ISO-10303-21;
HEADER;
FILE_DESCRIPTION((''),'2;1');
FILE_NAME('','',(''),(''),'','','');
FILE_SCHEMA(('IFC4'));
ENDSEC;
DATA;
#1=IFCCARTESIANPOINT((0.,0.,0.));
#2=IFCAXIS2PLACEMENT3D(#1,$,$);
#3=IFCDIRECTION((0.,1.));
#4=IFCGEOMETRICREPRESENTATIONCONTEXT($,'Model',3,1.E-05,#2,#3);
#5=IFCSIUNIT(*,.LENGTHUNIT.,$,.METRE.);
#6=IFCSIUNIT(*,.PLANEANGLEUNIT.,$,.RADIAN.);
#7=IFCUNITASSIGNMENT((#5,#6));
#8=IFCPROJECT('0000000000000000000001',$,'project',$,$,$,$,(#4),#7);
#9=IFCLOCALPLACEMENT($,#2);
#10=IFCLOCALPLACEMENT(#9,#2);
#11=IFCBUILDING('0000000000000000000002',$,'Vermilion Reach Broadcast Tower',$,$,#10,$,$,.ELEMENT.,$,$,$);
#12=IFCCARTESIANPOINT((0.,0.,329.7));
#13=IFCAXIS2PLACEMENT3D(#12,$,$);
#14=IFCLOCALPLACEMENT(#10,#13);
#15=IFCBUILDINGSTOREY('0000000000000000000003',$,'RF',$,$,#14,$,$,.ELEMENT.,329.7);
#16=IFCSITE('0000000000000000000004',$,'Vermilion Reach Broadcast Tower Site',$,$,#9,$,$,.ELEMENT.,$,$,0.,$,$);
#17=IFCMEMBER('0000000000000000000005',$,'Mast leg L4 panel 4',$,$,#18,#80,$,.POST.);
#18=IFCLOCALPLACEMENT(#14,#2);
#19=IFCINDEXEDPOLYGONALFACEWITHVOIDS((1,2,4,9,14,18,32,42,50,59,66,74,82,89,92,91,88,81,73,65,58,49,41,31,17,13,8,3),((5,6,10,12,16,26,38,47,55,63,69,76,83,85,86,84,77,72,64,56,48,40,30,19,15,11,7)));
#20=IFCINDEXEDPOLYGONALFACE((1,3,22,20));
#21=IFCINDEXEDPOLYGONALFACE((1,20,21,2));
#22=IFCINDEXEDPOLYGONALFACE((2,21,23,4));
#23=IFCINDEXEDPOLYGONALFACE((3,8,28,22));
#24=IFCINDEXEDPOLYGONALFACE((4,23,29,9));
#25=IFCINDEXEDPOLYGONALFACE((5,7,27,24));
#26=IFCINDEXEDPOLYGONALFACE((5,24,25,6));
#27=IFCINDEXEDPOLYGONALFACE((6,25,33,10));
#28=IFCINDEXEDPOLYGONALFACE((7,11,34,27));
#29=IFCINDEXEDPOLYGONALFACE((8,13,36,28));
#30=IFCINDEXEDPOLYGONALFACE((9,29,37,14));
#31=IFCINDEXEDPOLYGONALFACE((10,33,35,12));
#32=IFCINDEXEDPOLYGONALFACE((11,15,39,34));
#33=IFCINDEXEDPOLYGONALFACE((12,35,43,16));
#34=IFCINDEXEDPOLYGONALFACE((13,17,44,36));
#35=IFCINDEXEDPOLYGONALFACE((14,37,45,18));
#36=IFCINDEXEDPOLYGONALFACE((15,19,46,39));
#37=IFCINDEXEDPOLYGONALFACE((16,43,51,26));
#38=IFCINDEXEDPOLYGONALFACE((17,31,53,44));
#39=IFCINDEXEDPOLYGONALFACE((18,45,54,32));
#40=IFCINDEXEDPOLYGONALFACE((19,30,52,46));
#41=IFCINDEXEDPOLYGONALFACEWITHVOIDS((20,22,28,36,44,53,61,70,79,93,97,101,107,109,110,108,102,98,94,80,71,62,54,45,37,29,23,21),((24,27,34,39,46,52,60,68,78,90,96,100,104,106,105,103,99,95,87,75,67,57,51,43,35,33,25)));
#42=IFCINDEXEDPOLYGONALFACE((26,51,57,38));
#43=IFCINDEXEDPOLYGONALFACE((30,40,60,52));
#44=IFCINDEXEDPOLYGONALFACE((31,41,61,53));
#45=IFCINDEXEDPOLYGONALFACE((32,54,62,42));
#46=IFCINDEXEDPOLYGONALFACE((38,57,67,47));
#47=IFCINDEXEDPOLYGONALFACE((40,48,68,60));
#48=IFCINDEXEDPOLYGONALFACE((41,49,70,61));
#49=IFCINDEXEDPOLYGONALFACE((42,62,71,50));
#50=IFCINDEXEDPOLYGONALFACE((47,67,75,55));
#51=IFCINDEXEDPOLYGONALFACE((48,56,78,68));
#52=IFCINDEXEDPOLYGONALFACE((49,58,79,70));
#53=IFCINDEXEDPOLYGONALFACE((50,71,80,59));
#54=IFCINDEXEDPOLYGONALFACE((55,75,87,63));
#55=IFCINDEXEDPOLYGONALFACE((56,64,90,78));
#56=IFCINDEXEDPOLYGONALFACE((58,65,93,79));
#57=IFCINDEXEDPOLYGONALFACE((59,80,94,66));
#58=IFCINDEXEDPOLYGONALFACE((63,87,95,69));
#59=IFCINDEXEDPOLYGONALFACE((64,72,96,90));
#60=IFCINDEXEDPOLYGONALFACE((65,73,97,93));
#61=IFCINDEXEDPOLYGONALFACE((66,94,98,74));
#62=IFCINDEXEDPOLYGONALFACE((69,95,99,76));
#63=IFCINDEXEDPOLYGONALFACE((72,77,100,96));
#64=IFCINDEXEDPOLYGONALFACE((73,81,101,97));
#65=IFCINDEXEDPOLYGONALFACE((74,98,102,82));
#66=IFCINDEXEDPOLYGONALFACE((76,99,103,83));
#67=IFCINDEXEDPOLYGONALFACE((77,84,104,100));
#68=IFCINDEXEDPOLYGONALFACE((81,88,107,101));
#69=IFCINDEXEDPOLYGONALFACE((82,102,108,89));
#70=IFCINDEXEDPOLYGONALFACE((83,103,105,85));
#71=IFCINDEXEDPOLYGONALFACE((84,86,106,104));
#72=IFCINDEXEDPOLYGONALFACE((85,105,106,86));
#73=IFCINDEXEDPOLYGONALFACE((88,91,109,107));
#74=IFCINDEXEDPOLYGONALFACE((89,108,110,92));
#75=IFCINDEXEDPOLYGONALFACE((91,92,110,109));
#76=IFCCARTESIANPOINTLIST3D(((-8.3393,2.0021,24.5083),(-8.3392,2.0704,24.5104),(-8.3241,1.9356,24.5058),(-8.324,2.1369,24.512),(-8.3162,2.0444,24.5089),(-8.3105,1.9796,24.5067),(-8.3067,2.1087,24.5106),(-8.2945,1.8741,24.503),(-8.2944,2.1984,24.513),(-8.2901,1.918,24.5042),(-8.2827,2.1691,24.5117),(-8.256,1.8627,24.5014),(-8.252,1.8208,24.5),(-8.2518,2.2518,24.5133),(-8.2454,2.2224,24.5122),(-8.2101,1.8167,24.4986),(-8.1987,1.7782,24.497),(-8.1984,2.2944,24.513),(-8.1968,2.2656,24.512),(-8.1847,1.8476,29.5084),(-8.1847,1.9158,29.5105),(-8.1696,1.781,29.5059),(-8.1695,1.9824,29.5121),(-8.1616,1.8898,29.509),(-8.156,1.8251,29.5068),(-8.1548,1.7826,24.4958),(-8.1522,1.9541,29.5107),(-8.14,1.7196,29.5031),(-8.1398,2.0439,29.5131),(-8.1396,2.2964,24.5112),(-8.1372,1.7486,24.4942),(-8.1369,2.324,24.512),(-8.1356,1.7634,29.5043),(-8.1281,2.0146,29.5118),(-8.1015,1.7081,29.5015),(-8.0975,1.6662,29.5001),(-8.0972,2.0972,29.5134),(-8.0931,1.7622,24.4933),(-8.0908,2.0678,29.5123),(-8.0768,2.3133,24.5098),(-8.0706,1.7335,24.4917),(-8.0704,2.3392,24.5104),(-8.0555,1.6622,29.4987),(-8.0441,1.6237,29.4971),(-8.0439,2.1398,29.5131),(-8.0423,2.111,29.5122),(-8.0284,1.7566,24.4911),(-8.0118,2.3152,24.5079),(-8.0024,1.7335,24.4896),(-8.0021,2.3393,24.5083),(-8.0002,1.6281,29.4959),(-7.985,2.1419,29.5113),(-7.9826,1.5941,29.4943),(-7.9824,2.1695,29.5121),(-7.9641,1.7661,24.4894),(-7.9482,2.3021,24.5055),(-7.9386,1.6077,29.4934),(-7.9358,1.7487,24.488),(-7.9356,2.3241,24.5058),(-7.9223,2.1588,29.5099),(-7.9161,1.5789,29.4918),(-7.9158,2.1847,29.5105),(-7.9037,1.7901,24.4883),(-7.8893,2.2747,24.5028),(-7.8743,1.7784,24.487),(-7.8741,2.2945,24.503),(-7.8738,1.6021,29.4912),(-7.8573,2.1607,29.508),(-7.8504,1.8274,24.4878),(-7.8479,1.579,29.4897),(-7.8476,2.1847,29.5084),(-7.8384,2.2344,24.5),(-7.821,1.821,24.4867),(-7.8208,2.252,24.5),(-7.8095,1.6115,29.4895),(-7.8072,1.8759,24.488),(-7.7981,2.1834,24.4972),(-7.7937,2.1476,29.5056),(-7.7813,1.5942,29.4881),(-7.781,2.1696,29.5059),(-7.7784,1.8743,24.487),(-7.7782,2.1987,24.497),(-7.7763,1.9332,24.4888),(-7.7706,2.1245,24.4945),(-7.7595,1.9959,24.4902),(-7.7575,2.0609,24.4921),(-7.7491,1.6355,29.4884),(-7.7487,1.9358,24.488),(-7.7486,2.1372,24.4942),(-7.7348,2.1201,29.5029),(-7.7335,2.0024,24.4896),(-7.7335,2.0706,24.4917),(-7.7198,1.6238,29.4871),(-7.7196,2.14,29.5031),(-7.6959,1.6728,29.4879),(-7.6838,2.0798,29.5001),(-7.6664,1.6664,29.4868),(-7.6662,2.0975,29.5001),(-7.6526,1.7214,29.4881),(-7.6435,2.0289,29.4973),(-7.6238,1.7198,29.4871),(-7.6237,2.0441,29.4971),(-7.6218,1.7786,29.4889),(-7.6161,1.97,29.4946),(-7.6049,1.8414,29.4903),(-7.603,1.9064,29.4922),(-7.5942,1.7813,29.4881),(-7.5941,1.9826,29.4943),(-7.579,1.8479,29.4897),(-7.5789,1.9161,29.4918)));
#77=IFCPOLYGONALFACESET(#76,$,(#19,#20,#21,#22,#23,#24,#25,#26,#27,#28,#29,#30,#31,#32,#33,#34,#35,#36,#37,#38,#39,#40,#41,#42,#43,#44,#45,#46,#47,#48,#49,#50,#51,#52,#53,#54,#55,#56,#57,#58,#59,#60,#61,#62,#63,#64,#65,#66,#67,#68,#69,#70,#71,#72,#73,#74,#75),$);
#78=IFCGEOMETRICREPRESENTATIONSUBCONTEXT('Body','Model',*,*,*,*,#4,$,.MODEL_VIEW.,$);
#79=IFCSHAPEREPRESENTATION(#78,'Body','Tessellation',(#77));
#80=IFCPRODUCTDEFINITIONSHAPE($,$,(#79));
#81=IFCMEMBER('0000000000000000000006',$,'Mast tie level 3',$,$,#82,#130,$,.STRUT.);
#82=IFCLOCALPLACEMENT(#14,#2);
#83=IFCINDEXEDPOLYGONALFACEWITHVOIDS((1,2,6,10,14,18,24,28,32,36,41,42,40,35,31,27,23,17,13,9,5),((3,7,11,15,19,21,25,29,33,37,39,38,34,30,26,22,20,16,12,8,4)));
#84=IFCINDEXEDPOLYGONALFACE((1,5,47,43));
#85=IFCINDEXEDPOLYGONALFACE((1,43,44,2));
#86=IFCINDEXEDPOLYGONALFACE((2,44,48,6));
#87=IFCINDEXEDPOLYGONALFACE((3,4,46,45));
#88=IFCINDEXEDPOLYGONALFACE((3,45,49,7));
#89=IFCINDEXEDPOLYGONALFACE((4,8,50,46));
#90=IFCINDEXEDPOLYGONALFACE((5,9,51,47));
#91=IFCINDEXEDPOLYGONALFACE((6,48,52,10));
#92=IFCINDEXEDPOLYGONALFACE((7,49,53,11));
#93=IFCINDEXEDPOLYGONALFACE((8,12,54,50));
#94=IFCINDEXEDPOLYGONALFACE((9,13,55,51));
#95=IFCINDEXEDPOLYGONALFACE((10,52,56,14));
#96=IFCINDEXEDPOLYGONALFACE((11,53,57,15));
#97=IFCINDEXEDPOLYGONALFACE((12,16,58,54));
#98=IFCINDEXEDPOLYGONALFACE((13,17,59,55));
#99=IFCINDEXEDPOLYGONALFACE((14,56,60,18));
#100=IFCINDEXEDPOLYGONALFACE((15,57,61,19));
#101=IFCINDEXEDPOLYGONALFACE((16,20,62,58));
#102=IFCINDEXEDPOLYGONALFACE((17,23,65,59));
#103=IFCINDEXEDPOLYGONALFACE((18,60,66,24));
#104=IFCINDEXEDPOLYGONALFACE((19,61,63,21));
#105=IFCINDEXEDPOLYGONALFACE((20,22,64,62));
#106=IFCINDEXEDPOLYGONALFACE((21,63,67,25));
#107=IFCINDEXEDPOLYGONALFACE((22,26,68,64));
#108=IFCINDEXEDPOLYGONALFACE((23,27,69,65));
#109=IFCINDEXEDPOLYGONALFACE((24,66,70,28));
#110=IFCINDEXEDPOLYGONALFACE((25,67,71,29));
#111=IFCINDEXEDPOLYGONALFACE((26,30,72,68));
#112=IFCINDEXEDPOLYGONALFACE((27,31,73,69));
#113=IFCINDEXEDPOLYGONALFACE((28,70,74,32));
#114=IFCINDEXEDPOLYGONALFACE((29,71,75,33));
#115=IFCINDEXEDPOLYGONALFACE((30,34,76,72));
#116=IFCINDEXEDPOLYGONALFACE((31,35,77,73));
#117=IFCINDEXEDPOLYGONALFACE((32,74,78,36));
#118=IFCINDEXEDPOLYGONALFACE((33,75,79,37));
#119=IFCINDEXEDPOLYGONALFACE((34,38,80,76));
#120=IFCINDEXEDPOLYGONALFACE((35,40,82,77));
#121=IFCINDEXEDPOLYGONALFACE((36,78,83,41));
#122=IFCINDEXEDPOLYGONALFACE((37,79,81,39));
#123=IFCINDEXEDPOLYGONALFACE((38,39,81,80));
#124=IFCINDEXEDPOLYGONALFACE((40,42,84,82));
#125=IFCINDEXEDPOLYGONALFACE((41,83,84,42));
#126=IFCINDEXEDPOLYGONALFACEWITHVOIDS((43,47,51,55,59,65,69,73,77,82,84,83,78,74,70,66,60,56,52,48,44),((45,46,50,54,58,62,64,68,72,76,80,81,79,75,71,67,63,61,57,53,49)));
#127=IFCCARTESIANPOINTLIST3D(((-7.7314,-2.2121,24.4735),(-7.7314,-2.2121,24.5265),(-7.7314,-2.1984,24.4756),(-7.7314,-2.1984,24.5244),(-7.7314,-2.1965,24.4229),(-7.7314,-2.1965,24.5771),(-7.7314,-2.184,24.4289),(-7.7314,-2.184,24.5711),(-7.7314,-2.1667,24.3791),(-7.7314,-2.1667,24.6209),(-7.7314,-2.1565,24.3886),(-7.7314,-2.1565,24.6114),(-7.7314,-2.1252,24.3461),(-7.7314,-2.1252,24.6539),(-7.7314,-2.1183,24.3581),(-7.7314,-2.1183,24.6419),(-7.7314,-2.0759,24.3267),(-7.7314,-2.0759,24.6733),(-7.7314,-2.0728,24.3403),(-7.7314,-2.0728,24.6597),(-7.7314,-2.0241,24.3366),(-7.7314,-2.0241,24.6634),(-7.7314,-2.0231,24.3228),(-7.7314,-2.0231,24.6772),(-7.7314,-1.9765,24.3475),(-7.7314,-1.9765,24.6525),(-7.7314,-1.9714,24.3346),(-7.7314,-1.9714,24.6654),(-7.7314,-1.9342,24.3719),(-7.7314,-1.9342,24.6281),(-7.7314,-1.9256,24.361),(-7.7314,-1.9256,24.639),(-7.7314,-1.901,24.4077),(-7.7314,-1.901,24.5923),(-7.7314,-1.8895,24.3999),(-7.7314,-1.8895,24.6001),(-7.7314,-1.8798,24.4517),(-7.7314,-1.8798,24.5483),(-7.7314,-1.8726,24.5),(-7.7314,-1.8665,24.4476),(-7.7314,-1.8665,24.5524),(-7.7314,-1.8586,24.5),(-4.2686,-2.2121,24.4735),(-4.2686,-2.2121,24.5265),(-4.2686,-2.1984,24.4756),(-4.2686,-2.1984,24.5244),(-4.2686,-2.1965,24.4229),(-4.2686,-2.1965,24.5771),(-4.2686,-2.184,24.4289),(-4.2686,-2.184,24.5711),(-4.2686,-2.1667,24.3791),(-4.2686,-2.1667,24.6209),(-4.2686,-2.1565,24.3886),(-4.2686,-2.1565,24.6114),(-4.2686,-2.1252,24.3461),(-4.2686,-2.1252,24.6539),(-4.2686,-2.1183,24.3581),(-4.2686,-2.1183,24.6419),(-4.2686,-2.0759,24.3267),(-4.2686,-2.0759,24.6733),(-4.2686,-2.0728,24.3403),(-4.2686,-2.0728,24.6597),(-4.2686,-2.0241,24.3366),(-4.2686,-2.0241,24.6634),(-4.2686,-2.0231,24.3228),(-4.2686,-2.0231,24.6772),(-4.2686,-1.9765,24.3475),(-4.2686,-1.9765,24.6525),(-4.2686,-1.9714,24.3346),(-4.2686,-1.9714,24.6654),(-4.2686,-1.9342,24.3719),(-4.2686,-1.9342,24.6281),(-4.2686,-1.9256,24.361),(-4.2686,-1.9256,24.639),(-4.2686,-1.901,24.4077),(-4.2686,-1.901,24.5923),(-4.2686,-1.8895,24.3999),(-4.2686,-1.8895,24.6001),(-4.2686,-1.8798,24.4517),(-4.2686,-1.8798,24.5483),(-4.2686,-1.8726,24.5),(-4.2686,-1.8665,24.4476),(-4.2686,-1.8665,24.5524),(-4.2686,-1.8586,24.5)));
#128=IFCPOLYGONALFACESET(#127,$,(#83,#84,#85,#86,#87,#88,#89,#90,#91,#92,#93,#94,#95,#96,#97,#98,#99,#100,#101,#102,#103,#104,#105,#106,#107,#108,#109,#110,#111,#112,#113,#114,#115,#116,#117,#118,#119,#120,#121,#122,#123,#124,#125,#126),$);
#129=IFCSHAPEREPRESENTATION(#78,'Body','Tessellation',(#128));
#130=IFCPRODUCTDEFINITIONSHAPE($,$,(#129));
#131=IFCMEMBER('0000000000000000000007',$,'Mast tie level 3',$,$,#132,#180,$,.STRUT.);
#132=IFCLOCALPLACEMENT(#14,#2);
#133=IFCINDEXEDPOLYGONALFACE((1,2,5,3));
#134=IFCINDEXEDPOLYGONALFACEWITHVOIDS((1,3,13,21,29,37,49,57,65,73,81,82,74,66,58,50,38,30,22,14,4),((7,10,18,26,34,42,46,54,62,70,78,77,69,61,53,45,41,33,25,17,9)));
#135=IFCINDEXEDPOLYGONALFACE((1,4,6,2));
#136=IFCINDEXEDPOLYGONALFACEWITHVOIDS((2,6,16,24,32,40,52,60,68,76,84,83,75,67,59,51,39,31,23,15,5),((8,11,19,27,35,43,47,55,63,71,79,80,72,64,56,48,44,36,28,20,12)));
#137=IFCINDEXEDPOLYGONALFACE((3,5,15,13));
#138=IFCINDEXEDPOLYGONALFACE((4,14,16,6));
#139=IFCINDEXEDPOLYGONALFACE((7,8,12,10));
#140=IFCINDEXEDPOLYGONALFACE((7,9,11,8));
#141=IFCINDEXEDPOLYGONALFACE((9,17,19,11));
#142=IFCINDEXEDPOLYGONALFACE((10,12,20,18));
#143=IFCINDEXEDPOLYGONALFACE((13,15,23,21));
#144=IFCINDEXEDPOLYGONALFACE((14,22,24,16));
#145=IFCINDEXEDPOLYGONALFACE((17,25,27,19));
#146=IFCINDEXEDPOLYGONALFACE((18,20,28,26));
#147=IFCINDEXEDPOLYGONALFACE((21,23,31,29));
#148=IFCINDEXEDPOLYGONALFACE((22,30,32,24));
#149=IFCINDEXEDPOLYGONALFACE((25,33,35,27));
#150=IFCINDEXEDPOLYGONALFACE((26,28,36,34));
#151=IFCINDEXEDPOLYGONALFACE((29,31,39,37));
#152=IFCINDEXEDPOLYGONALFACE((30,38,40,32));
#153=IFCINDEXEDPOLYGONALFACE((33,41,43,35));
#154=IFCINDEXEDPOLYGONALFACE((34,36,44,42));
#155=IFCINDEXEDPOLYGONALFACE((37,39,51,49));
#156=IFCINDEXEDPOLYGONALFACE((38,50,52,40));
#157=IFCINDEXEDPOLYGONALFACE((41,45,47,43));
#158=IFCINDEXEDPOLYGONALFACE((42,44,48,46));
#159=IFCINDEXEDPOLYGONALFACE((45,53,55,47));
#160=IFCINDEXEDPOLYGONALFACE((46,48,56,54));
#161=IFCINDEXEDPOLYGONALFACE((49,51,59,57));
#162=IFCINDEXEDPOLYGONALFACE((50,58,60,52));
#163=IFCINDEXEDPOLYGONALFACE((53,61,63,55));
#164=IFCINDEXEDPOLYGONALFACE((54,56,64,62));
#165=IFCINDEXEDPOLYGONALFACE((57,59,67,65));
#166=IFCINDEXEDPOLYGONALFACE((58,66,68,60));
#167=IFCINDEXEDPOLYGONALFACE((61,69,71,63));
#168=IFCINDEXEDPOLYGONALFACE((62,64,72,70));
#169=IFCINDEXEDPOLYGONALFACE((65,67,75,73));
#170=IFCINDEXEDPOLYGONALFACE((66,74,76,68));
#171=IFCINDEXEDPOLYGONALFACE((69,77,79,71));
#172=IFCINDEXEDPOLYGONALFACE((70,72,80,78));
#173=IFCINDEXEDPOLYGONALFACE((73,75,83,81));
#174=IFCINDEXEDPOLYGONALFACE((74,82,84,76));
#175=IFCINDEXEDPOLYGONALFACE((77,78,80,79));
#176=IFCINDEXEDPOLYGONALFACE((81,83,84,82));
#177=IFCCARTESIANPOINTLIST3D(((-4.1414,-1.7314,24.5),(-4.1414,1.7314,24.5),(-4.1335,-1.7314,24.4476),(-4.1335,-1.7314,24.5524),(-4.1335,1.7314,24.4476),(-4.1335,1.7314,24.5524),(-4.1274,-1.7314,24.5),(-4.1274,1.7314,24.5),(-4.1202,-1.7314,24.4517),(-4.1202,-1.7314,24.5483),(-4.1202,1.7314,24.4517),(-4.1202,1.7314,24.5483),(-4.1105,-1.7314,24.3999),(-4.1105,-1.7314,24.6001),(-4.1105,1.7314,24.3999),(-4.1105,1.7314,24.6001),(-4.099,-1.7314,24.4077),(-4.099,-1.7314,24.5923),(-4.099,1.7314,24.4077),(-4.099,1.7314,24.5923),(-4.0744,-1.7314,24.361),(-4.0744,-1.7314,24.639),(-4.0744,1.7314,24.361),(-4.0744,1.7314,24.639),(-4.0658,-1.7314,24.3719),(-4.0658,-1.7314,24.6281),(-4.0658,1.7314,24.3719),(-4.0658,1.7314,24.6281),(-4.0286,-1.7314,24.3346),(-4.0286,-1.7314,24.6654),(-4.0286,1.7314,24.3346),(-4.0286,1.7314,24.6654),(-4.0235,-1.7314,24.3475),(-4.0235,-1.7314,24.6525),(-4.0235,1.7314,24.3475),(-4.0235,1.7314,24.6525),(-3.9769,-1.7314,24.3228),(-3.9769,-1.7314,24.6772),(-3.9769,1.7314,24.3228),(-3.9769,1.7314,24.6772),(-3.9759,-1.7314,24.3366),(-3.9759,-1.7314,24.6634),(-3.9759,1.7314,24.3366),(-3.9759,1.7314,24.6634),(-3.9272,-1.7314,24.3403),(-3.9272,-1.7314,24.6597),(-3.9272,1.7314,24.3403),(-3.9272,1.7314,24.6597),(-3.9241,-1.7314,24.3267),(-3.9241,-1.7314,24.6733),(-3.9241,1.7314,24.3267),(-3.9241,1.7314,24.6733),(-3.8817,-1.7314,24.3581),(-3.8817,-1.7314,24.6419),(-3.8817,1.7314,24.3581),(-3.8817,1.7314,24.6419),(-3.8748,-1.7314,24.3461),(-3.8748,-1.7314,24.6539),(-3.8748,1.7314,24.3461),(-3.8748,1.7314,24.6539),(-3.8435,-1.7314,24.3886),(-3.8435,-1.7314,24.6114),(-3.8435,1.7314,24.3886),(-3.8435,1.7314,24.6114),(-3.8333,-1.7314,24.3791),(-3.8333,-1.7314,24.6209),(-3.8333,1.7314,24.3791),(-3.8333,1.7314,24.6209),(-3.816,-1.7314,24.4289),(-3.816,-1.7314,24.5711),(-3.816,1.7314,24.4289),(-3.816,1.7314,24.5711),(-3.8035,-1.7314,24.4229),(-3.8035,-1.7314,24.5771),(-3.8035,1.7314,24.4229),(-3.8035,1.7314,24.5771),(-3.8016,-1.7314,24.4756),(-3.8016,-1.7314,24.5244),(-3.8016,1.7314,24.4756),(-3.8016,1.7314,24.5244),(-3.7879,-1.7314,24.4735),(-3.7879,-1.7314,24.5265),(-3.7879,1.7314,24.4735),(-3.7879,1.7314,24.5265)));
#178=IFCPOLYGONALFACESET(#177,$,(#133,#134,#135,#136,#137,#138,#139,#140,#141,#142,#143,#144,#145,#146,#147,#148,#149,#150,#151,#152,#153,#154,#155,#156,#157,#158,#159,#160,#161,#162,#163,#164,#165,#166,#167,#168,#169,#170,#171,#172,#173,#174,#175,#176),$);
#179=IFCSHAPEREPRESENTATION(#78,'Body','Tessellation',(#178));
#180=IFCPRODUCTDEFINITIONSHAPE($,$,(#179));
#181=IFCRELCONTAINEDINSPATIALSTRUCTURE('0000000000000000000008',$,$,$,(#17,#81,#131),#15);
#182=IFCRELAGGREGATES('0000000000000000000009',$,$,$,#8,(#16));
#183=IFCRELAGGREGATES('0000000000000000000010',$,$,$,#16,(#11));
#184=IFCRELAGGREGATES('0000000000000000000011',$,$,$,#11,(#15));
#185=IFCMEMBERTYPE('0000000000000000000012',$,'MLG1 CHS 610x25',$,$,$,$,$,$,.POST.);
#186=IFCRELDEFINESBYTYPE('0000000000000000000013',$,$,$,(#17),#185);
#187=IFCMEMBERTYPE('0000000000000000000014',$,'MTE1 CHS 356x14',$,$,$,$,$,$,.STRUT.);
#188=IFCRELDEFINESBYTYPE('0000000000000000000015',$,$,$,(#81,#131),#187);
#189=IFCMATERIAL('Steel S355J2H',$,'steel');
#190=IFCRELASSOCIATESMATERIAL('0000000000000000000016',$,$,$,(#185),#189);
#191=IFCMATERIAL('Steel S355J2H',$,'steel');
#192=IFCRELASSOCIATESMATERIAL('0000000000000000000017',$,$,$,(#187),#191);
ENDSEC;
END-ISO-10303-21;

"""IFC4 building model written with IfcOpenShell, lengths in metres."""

from ifc_helpers import new_model, si_unit, direction, frame, origin, origin_2d, place, context, subcontext, project, spatial, hollow_circle, extrude, material, material_profile, profile_set, type_object, element, save


model = new_model("IFC4")

# Units and contexts
model_context = context("Model", 3, precision=1e-05, world=origin(), true_north=direction((0.0, 1.0)))
body_context = subcontext(model_context, "Body", "Model", "MODEL_VIEW")
ifc_project = project(units=[si_unit("LENGTHUNIT", "METRE"), si_unit("PLANEANGLEUNIT", "RADIAN")], contexts=[model_context])

# Site, building, storey
site_placement = place(None, origin())
site = spatial("IfcSite", under=ifc_project, at=site_placement, Name="Vermilion Reach Broadcast Tower Site", CompositionType="ELEMENT", RefElevation=0.0)
building_placement = place(site_placement, origin())
building = spatial("IfcBuilding", under=site, at=building_placement, Name="Vermilion Reach Broadcast Tower", CompositionType="ELEMENT")
storey_placement = place(building_placement, frame((0.0, 0.0, 329.7)))
storey = spatial("IfcBuildingStorey", under=building, at=storey_placement, Name="RF", CompositionType="ELEMENT", Elevation=329.7)

# Members
ifc_material_1 = material(Name="Steel S355J2H", Category="steel")
ifc_material_profile_1 = material_profile(ifc_material_1, hollow_circle(Radius=0.3049, WallThickness=0.0249, at=origin_2d()), Name="S355J2H CHS 610x25")
ifc_profile_set_1 = profile_set([ifc_material_profile_1], Name="Steel S355J2H")
member_type_1 = type_object("IfcMemberType", Name="MLG1 CHS 610x25", PredefinedType="POST", material=ifc_profile_set_1)
for number, where, z_axis, x_axis, name in (
    (1, (-8.0364, 2.0364, 24.5), (0.030879, -0.030879, 0.999046), (0.707107, 0.707107, 0.0), "Mast leg L4 panel 4"),
):
    element("IfcMember", number, at=place(storey_placement, frame(where, z_axis=z_axis, x_axis=x_axis)), inside=storey, type_object=member_type_1, Name=name, PredefinedType="POST", context=body_context, shape_type="SweptSolid", body=[
        extrude(hollow_circle(Radius=0.3049, WallThickness=0.0249, at=origin_2d()), origin(), (0.0, 0.0, 1.0), 5.0049),
    ])
ifc_material_2 = material(Name="Steel S355J2H", Category="steel")
ifc_material_profile_2 = material_profile(ifc_material_2, hollow_circle(Radius=0.1777, WallThickness=0.0139, at=origin_2d()), Name="S355J2H CHS 356x14")
ifc_profile_set_2 = profile_set([ifc_material_profile_2], Name="Steel S355J2H")
member_type_2 = type_object("IfcMemberType", Name="MTE1 CHS 356x14", PredefinedType="STRUT", material=ifc_profile_set_2)
for number, where, z_axis, x_axis, name in (
    (2, (-7.7314, -2.0364, 24.5), (1.0, 0.0, 0.0), (0.0, 1.0, 0.0), "Mast tie level 3"),
    (3, (-3.9636, -1.7314, 24.5), (0.0, 1.0, 0.0), (-1.0, 0.0, 0.0), "Mast tie level 3"),
):
    element("IfcMember", number, at=place(storey_placement, frame(where, z_axis=z_axis, x_axis=x_axis)), inside=storey, type_object=member_type_2, Name=name, PredefinedType="STRUT", context=body_context, shape_type="SweptSolid", body=[
        extrude(hollow_circle(Radius=0.1777, WallThickness=0.0139, at=origin_2d()), origin(), (0.0, 0.0, 1.0), 3.4629),
    ])

save(model, "model.ifc")
